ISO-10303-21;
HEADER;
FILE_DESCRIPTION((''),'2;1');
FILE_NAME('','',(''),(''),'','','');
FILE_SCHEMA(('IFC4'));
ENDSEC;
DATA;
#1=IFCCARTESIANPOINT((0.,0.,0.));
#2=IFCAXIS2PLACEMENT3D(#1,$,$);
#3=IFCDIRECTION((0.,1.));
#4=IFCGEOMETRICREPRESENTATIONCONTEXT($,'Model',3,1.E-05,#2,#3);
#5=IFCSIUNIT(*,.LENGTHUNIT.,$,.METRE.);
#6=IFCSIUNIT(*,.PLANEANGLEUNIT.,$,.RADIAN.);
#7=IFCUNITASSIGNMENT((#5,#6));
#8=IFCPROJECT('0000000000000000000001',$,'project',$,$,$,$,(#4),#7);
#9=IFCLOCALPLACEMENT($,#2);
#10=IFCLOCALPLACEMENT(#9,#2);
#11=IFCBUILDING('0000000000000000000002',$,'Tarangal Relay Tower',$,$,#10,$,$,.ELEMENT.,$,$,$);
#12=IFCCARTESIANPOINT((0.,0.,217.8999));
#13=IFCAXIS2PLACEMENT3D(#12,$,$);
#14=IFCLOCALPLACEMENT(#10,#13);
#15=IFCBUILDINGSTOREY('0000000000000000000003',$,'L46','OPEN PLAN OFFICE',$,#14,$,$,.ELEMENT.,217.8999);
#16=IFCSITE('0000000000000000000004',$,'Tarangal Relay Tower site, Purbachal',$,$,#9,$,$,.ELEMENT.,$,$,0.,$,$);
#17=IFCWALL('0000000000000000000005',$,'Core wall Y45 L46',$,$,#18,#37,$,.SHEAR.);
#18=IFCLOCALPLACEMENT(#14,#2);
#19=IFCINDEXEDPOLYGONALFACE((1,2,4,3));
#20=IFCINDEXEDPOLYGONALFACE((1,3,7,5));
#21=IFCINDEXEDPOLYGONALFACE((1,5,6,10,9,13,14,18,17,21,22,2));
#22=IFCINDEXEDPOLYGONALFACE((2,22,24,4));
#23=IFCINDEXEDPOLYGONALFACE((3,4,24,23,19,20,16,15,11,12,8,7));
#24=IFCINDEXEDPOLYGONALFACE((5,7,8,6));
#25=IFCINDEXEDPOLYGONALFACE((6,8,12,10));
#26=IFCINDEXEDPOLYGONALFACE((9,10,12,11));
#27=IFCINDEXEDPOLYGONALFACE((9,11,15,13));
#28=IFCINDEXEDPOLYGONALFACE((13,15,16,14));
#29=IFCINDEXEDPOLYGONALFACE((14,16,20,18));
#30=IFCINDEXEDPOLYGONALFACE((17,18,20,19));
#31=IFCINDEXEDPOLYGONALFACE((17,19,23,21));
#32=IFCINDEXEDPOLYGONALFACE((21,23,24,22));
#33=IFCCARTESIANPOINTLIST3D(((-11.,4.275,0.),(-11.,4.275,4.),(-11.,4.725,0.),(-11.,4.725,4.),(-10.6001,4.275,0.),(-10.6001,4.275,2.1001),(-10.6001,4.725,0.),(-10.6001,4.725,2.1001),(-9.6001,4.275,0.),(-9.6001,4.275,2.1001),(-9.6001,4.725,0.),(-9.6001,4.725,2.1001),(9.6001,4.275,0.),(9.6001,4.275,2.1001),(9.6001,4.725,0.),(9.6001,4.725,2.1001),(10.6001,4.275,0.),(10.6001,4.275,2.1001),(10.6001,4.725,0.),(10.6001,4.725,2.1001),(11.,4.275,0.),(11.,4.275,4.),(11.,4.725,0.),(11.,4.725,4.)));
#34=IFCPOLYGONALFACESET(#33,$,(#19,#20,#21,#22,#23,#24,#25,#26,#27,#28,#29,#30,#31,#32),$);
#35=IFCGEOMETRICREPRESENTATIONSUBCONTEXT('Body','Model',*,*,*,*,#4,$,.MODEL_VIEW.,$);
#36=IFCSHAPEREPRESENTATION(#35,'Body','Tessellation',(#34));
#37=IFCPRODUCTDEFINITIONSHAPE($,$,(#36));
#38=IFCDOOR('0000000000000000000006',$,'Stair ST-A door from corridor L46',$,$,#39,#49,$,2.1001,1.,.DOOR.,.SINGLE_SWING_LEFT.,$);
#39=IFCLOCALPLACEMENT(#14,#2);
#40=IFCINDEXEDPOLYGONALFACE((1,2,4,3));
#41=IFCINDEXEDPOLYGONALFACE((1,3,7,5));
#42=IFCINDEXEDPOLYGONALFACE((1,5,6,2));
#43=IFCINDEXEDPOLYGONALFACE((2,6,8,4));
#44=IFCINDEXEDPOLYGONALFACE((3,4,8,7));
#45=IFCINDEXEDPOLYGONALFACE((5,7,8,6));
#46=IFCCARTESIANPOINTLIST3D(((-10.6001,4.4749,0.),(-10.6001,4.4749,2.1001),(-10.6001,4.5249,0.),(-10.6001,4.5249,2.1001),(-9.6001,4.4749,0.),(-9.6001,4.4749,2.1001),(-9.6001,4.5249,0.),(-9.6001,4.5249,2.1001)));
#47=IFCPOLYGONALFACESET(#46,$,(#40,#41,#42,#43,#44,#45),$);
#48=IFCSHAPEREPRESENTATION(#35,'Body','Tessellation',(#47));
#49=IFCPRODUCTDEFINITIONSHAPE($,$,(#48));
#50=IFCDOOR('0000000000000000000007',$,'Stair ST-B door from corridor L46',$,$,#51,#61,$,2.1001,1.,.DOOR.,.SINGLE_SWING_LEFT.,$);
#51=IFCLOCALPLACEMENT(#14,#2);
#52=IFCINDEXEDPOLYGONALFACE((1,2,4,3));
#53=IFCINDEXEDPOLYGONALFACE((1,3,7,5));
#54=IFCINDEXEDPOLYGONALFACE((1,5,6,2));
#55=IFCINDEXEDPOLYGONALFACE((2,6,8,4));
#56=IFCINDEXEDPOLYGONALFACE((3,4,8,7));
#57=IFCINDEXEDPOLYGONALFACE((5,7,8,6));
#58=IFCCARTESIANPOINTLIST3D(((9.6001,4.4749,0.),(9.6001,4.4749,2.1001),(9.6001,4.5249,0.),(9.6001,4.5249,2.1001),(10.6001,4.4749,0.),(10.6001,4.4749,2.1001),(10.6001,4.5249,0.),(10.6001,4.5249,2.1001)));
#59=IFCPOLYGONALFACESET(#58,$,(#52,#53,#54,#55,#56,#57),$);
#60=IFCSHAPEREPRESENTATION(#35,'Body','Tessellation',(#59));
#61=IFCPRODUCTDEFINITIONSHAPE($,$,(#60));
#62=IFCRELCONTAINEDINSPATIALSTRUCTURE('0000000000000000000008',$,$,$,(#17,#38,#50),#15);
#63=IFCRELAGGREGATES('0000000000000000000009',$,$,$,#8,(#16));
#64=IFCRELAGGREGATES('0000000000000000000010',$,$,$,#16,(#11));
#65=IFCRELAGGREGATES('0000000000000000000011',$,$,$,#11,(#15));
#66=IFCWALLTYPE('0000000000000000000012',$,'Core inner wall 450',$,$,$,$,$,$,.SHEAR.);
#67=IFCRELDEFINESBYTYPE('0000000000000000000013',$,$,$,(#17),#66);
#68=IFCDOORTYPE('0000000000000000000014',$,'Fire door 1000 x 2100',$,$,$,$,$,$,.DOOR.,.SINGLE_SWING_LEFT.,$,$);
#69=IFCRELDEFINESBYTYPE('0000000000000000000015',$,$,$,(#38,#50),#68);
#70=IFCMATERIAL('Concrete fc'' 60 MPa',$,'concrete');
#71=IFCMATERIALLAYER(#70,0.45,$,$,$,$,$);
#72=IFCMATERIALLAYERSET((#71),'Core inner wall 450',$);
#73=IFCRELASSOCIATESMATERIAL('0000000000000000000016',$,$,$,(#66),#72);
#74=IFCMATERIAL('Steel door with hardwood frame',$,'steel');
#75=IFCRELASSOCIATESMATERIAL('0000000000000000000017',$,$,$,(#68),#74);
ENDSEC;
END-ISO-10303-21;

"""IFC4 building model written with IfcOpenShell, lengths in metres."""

from ifc_helpers import new_model, si_unit, direction, frame, frame_2d, origin, place, context, subcontext, project, spatial, rectangle, extrude, material, layer, layer_set, type_object, element, fill, save


model = new_model("IFC4")

# Units and contexts
model_context = context("Model", 3, precision=1e-05, world=origin(), true_north=direction((0.0, 1.0)))
body_context = subcontext(model_context, "Body", "Model", "MODEL_VIEW")
ifc_project = project(units=[si_unit("LENGTHUNIT", "METRE"), si_unit("PLANEANGLEUNIT", "RADIAN")], contexts=[model_context])

# Site, building, storey
site_placement = place(None, origin())
site = spatial("IfcSite", under=ifc_project, at=site_placement, Name="Tarangal Relay Tower site, Purbachal", CompositionType="ELEMENT", RefElevation=0.0)
building_placement = place(site_placement, origin())
building = spatial("IfcBuilding", under=site, at=building_placement, Name="Tarangal Relay Tower", CompositionType="ELEMENT")
storey_placement = place(building_placement, frame((0.0, 0.0, 217.8999)))
storey = spatial("IfcBuildingStorey", under=building, at=storey_placement, Name="L46", Description="OPEN PLAN OFFICE", CompositionType="ELEMENT", Elevation=217.8999)

# Wall, openings, doors
ifc_material_1 = material(Name="Concrete fc' 60 MPa", Category="concrete")
ifc_layer = layer(ifc_material_1, 0.45)
ifc_layer_set = layer_set([ifc_layer], Name="Core inner wall 450")
wall_type = type_object("IfcWallType", Name="Core inner wall 450", PredefinedType="SHEAR", material=ifc_layer_set)
wall_1_placement = place(storey_placement, frame((-11.0, 4.5, 0.0), z_axis=(0.0, 0.0, 1.0), x_axis=(1.0, 0.0, 0.0)))
wall_1 = element("IfcWall", 1, at=wall_1_placement, inside=storey, type_object=wall_type, Name="Core wall Y45 L46", PredefinedType="SHEAR", context=body_context, shape_type="SweptSolid", body=[
    extrude(rectangle(XDim=22.0, YDim=0.45, at=frame_2d((11.0, 0.0))), origin(), (0.0, 0.0, 1.0), 4.0),
])
opening_1_placement = place(wall_1_placement, frame((0.3999, 0.0, 0.0)))
opening_1 = element("IfcOpeningElement", 2, at=opening_1_placement, cuts=wall_1, PredefinedType="OPENING", context=body_context, shape_type="SweptSolid", body=[
    extrude(rectangle(XDim=1.0, YDim=2.1001, at=frame_2d((0.5, 1.05))), frame((0.0, 0.2349, 0.0), z_axis=(0.0, -1.0, 0.0), x_axis=(1.0, 0.0, 0.0)), (0.0, 0.0, 1.0), 0.47),
])
opening_2_placement = place(wall_1_placement, frame((20.6001, 0.0, 0.0)))
opening_2 = element("IfcOpeningElement", 3, at=opening_2_placement, cuts=wall_1, PredefinedType="OPENING", context=body_context, shape_type="SweptSolid", body=[
    extrude(rectangle(XDim=1.0, YDim=2.1001, at=frame_2d((0.5, 1.05))), frame((0.0, 0.2349, 0.0), z_axis=(0.0, -1.0, 0.0), x_axis=(1.0, 0.0, 0.0)), (0.0, 0.0, 1.0), 0.47),
])
ifc_material_2 = material(Name="Steel door with hardwood frame", Category="steel")
door_type_1 = type_object("IfcDoorType", Name="Fire door 1000 x 2100", OperationType="SINGLE_SWING_LEFT", PredefinedType="DOOR", material=ifc_material_2)
door_1_placement = place(opening_1_placement, origin())
door_1 = element("IfcDoor", 4, at=door_1_placement, inside=storey, type_object=door_type_1, Name="Stair ST-A door from corridor L46", OperationType="SINGLE_SWING_LEFT", OverallHeight=2.1001, OverallWidth=1.0, PredefinedType="DOOR", context=body_context, shape_type="SweptSolid", body=[
    extrude(rectangle(XDim=1.0, YDim=2.1001, at=frame_2d((0.5, 1.05))), frame((0.0, 0.0249, 0.0), z_axis=(0.0, -1.0, 0.0), x_axis=(1.0, 0.0, 0.0)), (0.0, 0.0, 1.0), 0.05),
])
fill(opening_1, door_1)
door_2_placement = place(opening_2_placement, origin())
door_2 = element("IfcDoor", 5, at=door_2_placement, inside=storey, type_object=door_type_1, Name="Stair ST-B door from corridor L46", OperationType="SINGLE_SWING_LEFT", OverallHeight=2.1001, OverallWidth=1.0, PredefinedType="DOOR", context=body_context, shape_type="SweptSolid", body=[
    extrude(rectangle(XDim=1.0, YDim=2.1001, at=frame_2d((0.5, 1.05))), frame((0.0, 0.0249, 0.0), z_axis=(0.0, -1.0, 0.0), x_axis=(1.0, 0.0, 0.0)), (0.0, 0.0, 1.0), 0.05),
])
fill(opening_2, door_2)

save(model, "model.ifc")
